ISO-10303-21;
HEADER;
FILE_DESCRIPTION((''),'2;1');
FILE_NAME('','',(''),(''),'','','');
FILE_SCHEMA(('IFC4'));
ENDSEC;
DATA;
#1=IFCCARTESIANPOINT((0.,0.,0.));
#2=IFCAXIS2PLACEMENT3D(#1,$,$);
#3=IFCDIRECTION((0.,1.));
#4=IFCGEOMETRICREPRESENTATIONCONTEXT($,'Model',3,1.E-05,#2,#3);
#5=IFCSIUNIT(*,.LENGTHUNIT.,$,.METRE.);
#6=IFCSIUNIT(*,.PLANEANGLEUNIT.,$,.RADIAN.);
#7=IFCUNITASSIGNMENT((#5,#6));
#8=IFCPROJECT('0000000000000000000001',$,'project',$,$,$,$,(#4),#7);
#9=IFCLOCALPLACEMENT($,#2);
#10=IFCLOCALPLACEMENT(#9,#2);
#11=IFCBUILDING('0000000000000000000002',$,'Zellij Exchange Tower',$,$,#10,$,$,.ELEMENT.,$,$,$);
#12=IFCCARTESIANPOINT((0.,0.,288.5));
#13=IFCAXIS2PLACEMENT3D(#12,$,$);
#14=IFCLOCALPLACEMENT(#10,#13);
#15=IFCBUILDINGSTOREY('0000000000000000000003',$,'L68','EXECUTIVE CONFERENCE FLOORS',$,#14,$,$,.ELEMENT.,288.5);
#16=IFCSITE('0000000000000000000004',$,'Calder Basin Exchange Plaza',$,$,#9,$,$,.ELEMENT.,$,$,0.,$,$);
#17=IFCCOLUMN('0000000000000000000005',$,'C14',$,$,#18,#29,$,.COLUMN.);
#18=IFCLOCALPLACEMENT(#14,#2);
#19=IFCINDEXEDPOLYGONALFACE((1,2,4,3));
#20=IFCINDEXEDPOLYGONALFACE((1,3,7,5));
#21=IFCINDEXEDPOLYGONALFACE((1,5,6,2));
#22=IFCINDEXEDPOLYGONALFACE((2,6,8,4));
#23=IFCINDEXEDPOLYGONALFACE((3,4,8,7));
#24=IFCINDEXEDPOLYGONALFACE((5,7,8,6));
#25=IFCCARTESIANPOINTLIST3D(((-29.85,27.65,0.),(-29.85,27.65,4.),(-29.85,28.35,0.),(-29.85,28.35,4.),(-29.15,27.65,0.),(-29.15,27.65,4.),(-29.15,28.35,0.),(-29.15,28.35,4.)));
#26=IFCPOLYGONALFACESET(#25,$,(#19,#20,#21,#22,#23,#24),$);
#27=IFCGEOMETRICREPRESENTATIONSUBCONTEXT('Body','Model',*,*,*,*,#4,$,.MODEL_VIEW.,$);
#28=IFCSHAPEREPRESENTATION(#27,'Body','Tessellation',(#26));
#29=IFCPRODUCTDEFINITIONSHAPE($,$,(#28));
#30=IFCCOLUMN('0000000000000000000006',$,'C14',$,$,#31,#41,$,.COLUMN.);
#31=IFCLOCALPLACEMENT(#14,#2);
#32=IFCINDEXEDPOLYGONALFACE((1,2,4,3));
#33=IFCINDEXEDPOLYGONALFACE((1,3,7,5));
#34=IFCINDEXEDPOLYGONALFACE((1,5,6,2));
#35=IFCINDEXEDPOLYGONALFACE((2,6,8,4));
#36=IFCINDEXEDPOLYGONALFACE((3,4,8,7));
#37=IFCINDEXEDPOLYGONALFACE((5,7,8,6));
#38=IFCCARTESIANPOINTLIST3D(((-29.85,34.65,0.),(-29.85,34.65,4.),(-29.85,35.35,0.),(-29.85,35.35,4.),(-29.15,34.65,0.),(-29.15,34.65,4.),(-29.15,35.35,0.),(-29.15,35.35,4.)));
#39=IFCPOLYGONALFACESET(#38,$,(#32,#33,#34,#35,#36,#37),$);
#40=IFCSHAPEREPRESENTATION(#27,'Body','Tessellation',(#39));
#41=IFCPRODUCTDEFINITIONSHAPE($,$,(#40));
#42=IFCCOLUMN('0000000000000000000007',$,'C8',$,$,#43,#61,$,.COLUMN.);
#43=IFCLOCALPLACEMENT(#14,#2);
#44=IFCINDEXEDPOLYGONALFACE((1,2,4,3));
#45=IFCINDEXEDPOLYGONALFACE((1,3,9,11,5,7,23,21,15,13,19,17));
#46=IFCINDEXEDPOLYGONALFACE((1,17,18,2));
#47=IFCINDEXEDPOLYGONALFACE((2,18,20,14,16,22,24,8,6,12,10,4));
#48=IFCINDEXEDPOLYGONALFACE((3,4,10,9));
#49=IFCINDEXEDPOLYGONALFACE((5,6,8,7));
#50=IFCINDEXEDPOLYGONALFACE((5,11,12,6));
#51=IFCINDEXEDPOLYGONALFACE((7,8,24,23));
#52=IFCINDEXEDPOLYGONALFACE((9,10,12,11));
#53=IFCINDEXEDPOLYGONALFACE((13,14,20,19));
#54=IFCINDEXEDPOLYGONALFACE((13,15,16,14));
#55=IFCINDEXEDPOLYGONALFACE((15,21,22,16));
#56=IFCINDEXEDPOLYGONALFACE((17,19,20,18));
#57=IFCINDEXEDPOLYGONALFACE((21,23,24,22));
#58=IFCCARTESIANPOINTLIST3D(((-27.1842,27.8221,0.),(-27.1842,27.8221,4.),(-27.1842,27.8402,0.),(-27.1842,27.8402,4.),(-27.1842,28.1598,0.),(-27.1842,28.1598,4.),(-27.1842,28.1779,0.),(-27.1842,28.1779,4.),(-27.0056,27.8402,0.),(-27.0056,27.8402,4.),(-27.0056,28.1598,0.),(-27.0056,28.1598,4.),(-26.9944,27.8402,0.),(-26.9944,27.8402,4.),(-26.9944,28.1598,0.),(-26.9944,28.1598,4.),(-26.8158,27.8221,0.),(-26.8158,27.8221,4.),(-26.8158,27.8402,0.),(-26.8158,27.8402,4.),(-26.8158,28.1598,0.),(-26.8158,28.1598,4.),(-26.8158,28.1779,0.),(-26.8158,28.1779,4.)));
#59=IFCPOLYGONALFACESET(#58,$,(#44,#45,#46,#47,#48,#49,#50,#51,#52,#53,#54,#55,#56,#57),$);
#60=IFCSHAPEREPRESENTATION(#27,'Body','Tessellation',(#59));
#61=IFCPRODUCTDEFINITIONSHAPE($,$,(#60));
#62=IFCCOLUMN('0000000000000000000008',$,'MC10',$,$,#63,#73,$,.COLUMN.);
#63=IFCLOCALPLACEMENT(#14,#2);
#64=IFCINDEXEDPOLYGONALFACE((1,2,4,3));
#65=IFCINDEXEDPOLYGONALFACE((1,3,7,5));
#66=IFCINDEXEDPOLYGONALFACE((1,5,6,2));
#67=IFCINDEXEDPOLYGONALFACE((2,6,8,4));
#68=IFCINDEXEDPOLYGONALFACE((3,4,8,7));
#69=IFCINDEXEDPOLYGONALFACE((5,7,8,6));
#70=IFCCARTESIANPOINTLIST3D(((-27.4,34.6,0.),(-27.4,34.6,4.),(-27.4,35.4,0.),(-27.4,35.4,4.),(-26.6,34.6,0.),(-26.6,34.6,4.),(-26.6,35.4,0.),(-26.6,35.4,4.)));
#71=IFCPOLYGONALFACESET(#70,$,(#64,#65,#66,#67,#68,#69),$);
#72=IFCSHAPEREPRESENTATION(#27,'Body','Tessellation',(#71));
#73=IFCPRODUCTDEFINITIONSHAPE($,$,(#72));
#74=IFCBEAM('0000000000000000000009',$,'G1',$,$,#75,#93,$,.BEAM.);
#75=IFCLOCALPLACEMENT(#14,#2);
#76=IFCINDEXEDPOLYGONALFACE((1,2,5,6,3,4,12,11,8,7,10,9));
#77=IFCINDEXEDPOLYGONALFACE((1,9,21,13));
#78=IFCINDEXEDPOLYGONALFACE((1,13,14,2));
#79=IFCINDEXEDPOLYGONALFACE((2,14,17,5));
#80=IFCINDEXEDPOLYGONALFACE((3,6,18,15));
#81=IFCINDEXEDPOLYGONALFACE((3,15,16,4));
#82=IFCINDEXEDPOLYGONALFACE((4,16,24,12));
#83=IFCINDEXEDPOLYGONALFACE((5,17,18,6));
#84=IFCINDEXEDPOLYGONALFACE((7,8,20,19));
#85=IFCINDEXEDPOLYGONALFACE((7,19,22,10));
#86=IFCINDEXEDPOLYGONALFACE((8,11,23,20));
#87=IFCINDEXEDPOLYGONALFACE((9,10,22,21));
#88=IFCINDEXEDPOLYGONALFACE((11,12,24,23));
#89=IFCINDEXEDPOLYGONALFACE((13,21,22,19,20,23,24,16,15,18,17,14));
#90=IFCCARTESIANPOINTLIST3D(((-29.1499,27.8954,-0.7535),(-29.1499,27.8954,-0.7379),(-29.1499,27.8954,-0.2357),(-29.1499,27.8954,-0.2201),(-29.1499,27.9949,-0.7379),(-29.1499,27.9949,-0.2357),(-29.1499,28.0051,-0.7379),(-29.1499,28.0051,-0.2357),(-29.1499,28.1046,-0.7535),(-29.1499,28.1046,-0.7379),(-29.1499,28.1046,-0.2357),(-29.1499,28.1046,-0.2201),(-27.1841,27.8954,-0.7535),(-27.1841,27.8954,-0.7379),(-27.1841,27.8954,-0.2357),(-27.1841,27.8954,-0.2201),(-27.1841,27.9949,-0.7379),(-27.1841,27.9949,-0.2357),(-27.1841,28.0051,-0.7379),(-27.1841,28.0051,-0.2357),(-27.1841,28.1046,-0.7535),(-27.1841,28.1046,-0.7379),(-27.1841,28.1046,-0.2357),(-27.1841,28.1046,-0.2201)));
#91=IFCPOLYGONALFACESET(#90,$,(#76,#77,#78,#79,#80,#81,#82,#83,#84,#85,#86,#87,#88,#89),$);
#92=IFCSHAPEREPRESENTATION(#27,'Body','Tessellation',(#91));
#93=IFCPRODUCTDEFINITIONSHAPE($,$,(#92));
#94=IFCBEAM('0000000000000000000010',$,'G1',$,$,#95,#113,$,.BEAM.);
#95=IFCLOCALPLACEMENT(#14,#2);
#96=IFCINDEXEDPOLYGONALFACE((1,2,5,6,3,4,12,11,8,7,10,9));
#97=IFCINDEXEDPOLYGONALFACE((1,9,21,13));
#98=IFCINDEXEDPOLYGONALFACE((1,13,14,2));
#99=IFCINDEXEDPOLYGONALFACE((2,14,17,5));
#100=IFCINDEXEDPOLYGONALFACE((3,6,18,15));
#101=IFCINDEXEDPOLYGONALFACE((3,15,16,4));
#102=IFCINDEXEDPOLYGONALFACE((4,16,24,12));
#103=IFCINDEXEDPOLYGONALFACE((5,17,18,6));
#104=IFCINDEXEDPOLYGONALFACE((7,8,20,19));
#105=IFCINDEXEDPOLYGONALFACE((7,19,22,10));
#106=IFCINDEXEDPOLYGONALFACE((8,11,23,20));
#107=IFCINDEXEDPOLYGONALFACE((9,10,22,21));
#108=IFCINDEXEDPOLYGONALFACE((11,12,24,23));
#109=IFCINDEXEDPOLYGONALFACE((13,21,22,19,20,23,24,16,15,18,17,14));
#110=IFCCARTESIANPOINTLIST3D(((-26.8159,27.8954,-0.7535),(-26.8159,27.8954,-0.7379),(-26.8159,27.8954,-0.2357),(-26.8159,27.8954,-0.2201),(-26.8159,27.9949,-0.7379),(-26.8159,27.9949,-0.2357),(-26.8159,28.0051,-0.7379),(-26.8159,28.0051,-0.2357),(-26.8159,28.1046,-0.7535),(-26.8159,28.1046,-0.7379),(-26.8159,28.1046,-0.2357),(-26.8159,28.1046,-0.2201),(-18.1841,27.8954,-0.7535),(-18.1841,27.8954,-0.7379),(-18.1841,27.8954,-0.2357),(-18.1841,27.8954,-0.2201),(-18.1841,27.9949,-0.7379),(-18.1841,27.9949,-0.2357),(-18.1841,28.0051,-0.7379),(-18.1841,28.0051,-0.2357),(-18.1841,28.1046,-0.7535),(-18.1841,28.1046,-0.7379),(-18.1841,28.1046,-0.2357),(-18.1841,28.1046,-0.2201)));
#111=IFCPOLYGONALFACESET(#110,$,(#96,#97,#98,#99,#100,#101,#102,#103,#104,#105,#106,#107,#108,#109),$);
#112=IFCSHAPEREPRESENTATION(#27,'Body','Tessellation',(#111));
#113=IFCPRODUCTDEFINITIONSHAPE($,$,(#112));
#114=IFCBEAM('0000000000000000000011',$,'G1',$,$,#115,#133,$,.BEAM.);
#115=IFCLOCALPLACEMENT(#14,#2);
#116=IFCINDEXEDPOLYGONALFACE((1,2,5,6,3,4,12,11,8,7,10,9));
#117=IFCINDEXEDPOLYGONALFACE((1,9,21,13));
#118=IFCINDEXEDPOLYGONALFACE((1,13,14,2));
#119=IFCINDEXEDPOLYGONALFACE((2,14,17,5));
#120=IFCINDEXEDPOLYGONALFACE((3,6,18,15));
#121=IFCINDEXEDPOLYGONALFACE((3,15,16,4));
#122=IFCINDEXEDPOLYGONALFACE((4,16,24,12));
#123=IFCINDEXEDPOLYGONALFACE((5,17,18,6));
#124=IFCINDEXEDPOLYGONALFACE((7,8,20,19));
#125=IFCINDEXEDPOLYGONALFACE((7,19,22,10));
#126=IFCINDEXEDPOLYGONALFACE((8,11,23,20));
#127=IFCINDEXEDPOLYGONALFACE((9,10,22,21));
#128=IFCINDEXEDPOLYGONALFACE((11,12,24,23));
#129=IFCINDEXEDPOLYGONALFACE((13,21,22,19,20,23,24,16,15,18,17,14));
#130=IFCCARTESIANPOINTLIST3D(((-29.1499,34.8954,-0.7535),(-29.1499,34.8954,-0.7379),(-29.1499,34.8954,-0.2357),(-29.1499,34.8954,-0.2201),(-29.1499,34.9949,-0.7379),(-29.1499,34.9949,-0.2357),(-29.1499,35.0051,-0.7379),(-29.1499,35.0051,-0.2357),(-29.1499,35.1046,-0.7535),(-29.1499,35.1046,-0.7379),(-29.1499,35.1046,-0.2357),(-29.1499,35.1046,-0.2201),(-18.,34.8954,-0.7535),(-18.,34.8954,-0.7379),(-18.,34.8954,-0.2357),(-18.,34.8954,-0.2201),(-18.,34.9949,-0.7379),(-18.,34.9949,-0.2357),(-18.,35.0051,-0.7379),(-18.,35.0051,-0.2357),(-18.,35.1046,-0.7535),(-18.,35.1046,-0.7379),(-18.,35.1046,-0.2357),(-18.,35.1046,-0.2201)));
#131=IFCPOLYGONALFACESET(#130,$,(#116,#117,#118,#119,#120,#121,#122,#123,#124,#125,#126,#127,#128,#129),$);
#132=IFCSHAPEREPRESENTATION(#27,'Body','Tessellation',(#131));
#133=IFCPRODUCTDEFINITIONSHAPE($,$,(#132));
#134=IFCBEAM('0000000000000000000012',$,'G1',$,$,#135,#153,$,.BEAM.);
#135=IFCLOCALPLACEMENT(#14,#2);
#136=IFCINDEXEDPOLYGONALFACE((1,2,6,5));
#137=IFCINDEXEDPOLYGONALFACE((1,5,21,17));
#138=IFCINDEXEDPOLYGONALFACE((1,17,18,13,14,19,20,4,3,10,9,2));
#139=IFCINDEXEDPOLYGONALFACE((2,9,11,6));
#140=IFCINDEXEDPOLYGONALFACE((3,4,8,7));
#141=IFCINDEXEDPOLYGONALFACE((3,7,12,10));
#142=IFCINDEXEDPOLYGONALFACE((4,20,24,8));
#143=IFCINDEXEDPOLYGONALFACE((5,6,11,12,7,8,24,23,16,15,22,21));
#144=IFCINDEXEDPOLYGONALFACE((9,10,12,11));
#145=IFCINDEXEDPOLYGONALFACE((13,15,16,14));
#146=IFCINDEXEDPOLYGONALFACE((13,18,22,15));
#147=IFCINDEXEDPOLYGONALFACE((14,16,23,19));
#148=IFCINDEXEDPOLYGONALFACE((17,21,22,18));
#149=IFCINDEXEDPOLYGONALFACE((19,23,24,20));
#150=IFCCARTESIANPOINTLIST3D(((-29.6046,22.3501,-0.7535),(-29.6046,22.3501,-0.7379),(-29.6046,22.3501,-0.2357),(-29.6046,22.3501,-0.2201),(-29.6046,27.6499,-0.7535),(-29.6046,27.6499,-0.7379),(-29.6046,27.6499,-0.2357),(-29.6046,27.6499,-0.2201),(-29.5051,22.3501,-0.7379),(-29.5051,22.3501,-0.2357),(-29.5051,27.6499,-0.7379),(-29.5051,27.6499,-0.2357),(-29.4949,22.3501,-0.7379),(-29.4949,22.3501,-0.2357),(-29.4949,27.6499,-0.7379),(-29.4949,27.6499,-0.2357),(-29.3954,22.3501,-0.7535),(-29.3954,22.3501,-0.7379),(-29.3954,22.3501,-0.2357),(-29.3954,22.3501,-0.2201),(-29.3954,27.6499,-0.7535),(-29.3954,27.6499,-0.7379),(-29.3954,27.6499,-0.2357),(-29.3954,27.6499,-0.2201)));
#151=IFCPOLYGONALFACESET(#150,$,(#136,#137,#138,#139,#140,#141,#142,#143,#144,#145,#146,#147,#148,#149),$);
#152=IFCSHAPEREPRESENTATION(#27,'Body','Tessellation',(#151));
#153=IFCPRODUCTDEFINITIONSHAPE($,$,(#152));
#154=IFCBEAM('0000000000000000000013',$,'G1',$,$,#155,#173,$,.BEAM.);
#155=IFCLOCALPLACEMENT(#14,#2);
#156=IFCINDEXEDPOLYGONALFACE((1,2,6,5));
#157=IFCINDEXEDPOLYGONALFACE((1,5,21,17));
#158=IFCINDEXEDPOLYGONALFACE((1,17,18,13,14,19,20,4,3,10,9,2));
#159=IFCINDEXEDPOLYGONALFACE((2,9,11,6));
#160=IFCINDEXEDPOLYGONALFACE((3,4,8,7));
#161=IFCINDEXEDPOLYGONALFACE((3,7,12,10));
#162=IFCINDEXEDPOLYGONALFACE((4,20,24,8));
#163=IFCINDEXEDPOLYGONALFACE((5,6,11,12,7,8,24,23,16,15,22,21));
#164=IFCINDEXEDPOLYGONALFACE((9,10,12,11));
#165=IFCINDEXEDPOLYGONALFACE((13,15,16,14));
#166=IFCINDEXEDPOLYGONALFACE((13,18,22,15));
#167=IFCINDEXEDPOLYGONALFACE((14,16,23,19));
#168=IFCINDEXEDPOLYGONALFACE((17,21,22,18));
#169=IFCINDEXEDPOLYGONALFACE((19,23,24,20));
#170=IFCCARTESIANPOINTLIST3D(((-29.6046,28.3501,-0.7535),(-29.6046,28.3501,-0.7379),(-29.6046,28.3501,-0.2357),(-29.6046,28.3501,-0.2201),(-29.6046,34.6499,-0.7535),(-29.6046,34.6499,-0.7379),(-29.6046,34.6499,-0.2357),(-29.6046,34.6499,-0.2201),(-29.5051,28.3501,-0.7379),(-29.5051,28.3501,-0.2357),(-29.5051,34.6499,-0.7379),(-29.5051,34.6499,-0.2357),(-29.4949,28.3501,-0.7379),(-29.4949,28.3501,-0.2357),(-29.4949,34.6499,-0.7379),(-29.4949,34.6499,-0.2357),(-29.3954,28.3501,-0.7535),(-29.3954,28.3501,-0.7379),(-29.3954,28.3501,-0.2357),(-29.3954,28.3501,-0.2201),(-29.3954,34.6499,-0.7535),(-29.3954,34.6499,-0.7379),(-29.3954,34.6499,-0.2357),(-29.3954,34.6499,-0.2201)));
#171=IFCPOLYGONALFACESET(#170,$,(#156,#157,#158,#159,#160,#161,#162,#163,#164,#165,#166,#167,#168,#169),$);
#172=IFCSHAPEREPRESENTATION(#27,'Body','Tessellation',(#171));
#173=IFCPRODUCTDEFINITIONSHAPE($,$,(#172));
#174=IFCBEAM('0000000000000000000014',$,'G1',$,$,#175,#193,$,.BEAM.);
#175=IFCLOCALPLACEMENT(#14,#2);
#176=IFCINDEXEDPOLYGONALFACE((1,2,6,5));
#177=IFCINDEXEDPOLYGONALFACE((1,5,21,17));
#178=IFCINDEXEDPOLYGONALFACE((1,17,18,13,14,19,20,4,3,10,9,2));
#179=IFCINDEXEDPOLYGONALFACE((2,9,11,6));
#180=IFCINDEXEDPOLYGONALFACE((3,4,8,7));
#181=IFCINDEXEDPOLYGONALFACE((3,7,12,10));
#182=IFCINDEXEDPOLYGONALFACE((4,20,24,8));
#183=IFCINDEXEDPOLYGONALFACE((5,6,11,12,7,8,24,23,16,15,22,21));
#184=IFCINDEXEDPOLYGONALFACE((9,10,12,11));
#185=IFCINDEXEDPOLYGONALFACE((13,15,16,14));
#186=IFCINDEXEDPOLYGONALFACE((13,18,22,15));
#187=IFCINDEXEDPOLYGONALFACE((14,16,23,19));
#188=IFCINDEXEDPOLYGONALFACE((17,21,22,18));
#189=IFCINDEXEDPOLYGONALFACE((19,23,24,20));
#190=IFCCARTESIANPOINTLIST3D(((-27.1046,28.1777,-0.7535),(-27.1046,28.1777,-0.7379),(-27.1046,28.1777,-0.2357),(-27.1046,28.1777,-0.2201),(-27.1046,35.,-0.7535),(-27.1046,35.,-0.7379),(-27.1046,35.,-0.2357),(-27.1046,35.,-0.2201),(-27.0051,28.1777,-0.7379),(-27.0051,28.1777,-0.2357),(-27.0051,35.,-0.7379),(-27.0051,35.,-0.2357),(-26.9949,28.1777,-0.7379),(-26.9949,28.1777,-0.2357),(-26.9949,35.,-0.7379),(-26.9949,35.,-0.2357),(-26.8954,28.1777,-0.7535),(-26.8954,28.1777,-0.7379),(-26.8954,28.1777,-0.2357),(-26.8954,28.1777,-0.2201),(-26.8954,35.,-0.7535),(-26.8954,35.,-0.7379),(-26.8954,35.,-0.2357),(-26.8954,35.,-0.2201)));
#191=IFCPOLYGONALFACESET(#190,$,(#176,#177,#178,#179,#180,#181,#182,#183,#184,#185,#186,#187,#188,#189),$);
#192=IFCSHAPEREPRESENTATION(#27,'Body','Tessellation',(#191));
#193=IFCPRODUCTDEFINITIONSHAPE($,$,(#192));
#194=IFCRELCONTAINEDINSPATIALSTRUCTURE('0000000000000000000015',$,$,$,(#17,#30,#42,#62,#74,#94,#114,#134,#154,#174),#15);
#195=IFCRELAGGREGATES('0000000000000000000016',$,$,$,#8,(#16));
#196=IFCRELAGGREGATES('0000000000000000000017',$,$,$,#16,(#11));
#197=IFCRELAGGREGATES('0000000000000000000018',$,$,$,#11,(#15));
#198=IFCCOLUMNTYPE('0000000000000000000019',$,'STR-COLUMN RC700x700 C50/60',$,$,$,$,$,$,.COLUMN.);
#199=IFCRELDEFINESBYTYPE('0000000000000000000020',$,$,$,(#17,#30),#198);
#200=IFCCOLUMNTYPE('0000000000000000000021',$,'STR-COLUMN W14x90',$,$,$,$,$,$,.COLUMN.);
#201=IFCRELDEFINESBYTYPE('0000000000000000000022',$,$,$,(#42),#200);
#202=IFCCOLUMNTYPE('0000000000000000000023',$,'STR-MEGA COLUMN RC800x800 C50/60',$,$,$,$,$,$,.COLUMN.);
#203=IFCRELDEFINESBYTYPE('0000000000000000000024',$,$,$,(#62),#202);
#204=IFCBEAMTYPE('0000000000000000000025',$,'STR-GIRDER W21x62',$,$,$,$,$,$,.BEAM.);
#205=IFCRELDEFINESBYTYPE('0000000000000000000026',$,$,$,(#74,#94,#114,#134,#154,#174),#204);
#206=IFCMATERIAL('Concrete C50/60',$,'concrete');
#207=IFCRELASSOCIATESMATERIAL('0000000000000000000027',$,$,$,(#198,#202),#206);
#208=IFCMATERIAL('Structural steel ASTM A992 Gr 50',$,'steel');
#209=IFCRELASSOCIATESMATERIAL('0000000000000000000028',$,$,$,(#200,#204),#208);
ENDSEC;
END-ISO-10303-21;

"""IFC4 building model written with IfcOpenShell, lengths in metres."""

from ifc_helpers import new_model, si_unit, direction, frame, origin, origin_2d, place, context, subcontext, project, spatial, rectangle, i_section, extrude, material, material_profile, profile_set, type_object, element, save


model = new_model("IFC4")

# Units and contexts
model_context = context("Model", 3, precision=1e-05, world=origin(), true_north=direction((0.0, 1.0)))
body_context = subcontext(model_context, "Body", "Model", "MODEL_VIEW")
ifc_project = project(units=[si_unit("LENGTHUNIT", "METRE"), si_unit("PLANEANGLEUNIT", "RADIAN")], contexts=[model_context])

# Site, building, storey
site_placement = place(None, origin())
site = spatial("IfcSite", under=ifc_project, at=site_placement, Name="Calder Basin Exchange Plaza", CompositionType="ELEMENT", RefElevation=0.0)
building_placement = place(site_placement, origin())
building = spatial("IfcBuilding", under=site, at=building_placement, Name="Zellij Exchange Tower", CompositionType="ELEMENT")
storey_placement = place(building_placement, frame((0.0, 0.0, 288.5)))
storey = spatial("IfcBuildingStorey", under=building, at=storey_placement, Name="L68", Description="EXECUTIVE CONFERENCE FLOORS", CompositionType="ELEMENT", Elevation=288.5)

# Columns
ifc_material_1 = material(Name="Concrete C50/60", Category="concrete")
ifc_material_profile_1 = material_profile(ifc_material_1, rectangle(XDim=0.7, YDim=0.7, at=origin_2d()), Name="STR-COLUMN RC700x700 C50/60")
ifc_profile_set_1 = profile_set([ifc_material_profile_1], Name="Concrete C50/60")
column_type_1 = type_object("IfcColumnType", Name="STR-COLUMN RC700x700 C50/60", PredefinedType="COLUMN", material=ifc_profile_set_1)
for number, where, z_axis, x_axis, name in (
    (1, (-29.5, 28.0, 0.0), (0.0, 0.0, 1.0), (1.0, 0.0, 0.0), "C14"),
    (2, (-29.5, 35.0, 0.0), (0.0, 0.0, 1.0), (1.0, 0.0, 0.0), "C14"),
):
    element("IfcColumn", number, at=place(storey_placement, frame(where, z_axis=z_axis, x_axis=x_axis)), inside=storey, type_object=column_type_1, Name=name, PredefinedType="COLUMN", context=body_context, shape_type="SweptSolid", body=[
        extrude(rectangle(XDim=0.7, YDim=0.7, at=origin_2d()), origin(), (0.0, 0.0, 1.0), 4.0),
    ])
ifc_material_2 = material(Name="Structural steel ASTM A992 Gr 50", Category="steel")
ifc_material_profile_2 = material_profile(ifc_material_2, i_section(OverallWidth=0.3684, OverallDepth=0.3557, WebThickness=0.0112, FlangeThickness=0.0181, at=origin_2d()), Name="W14x90")
ifc_profile_set_2 = profile_set([ifc_material_profile_2], Name="Structural steel ASTM A992 Gr 50")
column_type_2 = type_object("IfcColumnType", Name="STR-COLUMN W14x90", PredefinedType="COLUMN", material=ifc_profile_set_2)
column_1_placement = place(storey_placement, frame((-27.0, 28.0, 0.0), z_axis=(0.0, 0.0, 1.0), x_axis=(1.0, 0.0, 0.0)))
element("IfcColumn", 3, at=column_1_placement, inside=storey, type_object=column_type_2, Name="C8", PredefinedType="COLUMN", context=body_context, shape_type="SweptSolid", body=[
    extrude(i_section(OverallWidth=0.3684, OverallDepth=0.3557, WebThickness=0.0112, FlangeThickness=0.0181, at=origin_2d()), origin(), (0.0, 0.0, 1.0), 4.0),
])
ifc_material_profile_3 = material_profile(ifc_material_1, rectangle(XDim=0.8, YDim=0.8, at=origin_2d()), Name="STR-MEGA COLUMN RC800x800 C50/60")
ifc_profile_set_3 = profile_set([ifc_material_profile_3], Name="Concrete C50/60")
column_type_3 = type_object("IfcColumnType", Name="STR-MEGA COLUMN RC800x800 C50/60", PredefinedType="COLUMN", material=ifc_profile_set_3)
column_2_placement = place(storey_placement, frame((-27.0, 35.0, 0.0), z_axis=(0.0, 0.0, 1.0), x_axis=(1.0, 0.0, 0.0)))
element("IfcColumn", 4, at=column_2_placement, inside=storey, type_object=column_type_3, Name="MC10", PredefinedType="COLUMN", context=body_context, shape_type="SweptSolid", body=[
    extrude(rectangle(XDim=0.8, YDim=0.8, at=origin_2d()), origin(), (0.0, 0.0, 1.0), 4.0),
])

# Beams
ifc_material_profile_4 = material_profile(ifc_material_2, i_section(OverallWidth=0.2092, OverallDepth=0.5334, WebThickness=0.0103, FlangeThickness=0.0156, at=origin_2d()), Name="W21x62")
ifc_profile_set_4 = profile_set([ifc_material_profile_4], Name="Structural steel ASTM A992 Gr 50")
beam_type = type_object("IfcBeamType", Name="STR-GIRDER W21x62", PredefinedType="BEAM", material=ifc_profile_set_4)
beam_1_placement = place(storey_placement, frame((-29.1499, 28.0, -0.4868), z_axis=(1.0, 0.0, 0.0), x_axis=(0.0, 1.0, 0.0)))
element("IfcBeam", 5, at=beam_1_placement, inside=storey, type_object=beam_type, Name="G1", PredefinedType="BEAM", context=body_context, shape_type="SweptSolid", body=[
    extrude(i_section(OverallWidth=0.2092, OverallDepth=0.5334, WebThickness=0.0103, FlangeThickness=0.0156, at=origin_2d()), origin(), (0.0, 0.0, 1.0), 1.9658),
])
beam_2_placement = place(storey_placement, frame((-26.8159, 28.0, -0.4868), z_axis=(1.0, 0.0, 0.0), x_axis=(0.0, 1.0, 0.0)))
element("IfcBeam", 6, at=beam_2_placement, inside=storey, type_object=beam_type, Name="G1", PredefinedType="BEAM", context=body_context, shape_type="SweptSolid", body=[
    extrude(i_section(OverallWidth=0.2092, OverallDepth=0.5334, WebThickness=0.0103, FlangeThickness=0.0156, at=origin_2d()), origin(), (0.0, 0.0, 1.0), 8.6318),
])
beam_3_placement = place(storey_placement, frame((-29.1499, 35.0, -0.4868), z_axis=(1.0, 0.0, 0.0), x_axis=(0.0, 1.0, 0.0)))
element("IfcBeam", 7, at=beam_3_placement, inside=storey, type_object=beam_type, Name="G1", PredefinedType="BEAM", context=body_context, shape_type="SweptSolid", body=[
    extrude(i_section(OverallWidth=0.2092, OverallDepth=0.5334, WebThickness=0.0103, FlangeThickness=0.0156, at=origin_2d()), origin(), (0.0, 0.0, 1.0), 11.1499),
])
beam_4_placement = place(storey_placement, frame((-29.5, 22.3501, -0.4868), z_axis=(0.0, 1.0, 0.0), x_axis=(-1.0, 0.0, 0.0)))
element("IfcBeam", 8, at=beam_4_placement, inside=storey, type_object=beam_type, Name="G1", PredefinedType="BEAM", context=body_context, shape_type="SweptSolid", body=[
    extrude(i_section(OverallWidth=0.2092, OverallDepth=0.5334, WebThickness=0.0103, FlangeThickness=0.0156, at=origin_2d()), origin(), (0.0, 0.0, 1.0), 5.2998),
])
beam_5_placement = place(storey_placement, frame((-29.5, 28.3501, -0.4868), z_axis=(0.0, 1.0, 0.0), x_axis=(-1.0, 0.0, 0.0)))
element("IfcBeam", 9, at=beam_5_placement, inside=storey, type_object=beam_type, Name="G1", PredefinedType="BEAM", context=body_context, shape_type="SweptSolid", body=[
    extrude(i_section(OverallWidth=0.2092, OverallDepth=0.5334, WebThickness=0.0103, FlangeThickness=0.0156, at=origin_2d()), origin(), (0.0, 0.0, 1.0), 6.2998),
])
beam_6_placement = place(storey_placement, frame((-27.0, 28.1777, -0.4868), z_axis=(0.0, 1.0, 0.0), x_axis=(-1.0, 0.0, 0.0)))
element("IfcBeam", 10, at=beam_6_placement, inside=storey, type_object=beam_type, Name="G1", PredefinedType="BEAM", context=body_context, shape_type="SweptSolid", body=[
    extrude(i_section(OverallWidth=0.2092, OverallDepth=0.5334, WebThickness=0.0103, FlangeThickness=0.0156, at=origin_2d()), origin(), (0.0, 0.0, 1.0), 6.8223),
])

save(model, "model.ifc")
